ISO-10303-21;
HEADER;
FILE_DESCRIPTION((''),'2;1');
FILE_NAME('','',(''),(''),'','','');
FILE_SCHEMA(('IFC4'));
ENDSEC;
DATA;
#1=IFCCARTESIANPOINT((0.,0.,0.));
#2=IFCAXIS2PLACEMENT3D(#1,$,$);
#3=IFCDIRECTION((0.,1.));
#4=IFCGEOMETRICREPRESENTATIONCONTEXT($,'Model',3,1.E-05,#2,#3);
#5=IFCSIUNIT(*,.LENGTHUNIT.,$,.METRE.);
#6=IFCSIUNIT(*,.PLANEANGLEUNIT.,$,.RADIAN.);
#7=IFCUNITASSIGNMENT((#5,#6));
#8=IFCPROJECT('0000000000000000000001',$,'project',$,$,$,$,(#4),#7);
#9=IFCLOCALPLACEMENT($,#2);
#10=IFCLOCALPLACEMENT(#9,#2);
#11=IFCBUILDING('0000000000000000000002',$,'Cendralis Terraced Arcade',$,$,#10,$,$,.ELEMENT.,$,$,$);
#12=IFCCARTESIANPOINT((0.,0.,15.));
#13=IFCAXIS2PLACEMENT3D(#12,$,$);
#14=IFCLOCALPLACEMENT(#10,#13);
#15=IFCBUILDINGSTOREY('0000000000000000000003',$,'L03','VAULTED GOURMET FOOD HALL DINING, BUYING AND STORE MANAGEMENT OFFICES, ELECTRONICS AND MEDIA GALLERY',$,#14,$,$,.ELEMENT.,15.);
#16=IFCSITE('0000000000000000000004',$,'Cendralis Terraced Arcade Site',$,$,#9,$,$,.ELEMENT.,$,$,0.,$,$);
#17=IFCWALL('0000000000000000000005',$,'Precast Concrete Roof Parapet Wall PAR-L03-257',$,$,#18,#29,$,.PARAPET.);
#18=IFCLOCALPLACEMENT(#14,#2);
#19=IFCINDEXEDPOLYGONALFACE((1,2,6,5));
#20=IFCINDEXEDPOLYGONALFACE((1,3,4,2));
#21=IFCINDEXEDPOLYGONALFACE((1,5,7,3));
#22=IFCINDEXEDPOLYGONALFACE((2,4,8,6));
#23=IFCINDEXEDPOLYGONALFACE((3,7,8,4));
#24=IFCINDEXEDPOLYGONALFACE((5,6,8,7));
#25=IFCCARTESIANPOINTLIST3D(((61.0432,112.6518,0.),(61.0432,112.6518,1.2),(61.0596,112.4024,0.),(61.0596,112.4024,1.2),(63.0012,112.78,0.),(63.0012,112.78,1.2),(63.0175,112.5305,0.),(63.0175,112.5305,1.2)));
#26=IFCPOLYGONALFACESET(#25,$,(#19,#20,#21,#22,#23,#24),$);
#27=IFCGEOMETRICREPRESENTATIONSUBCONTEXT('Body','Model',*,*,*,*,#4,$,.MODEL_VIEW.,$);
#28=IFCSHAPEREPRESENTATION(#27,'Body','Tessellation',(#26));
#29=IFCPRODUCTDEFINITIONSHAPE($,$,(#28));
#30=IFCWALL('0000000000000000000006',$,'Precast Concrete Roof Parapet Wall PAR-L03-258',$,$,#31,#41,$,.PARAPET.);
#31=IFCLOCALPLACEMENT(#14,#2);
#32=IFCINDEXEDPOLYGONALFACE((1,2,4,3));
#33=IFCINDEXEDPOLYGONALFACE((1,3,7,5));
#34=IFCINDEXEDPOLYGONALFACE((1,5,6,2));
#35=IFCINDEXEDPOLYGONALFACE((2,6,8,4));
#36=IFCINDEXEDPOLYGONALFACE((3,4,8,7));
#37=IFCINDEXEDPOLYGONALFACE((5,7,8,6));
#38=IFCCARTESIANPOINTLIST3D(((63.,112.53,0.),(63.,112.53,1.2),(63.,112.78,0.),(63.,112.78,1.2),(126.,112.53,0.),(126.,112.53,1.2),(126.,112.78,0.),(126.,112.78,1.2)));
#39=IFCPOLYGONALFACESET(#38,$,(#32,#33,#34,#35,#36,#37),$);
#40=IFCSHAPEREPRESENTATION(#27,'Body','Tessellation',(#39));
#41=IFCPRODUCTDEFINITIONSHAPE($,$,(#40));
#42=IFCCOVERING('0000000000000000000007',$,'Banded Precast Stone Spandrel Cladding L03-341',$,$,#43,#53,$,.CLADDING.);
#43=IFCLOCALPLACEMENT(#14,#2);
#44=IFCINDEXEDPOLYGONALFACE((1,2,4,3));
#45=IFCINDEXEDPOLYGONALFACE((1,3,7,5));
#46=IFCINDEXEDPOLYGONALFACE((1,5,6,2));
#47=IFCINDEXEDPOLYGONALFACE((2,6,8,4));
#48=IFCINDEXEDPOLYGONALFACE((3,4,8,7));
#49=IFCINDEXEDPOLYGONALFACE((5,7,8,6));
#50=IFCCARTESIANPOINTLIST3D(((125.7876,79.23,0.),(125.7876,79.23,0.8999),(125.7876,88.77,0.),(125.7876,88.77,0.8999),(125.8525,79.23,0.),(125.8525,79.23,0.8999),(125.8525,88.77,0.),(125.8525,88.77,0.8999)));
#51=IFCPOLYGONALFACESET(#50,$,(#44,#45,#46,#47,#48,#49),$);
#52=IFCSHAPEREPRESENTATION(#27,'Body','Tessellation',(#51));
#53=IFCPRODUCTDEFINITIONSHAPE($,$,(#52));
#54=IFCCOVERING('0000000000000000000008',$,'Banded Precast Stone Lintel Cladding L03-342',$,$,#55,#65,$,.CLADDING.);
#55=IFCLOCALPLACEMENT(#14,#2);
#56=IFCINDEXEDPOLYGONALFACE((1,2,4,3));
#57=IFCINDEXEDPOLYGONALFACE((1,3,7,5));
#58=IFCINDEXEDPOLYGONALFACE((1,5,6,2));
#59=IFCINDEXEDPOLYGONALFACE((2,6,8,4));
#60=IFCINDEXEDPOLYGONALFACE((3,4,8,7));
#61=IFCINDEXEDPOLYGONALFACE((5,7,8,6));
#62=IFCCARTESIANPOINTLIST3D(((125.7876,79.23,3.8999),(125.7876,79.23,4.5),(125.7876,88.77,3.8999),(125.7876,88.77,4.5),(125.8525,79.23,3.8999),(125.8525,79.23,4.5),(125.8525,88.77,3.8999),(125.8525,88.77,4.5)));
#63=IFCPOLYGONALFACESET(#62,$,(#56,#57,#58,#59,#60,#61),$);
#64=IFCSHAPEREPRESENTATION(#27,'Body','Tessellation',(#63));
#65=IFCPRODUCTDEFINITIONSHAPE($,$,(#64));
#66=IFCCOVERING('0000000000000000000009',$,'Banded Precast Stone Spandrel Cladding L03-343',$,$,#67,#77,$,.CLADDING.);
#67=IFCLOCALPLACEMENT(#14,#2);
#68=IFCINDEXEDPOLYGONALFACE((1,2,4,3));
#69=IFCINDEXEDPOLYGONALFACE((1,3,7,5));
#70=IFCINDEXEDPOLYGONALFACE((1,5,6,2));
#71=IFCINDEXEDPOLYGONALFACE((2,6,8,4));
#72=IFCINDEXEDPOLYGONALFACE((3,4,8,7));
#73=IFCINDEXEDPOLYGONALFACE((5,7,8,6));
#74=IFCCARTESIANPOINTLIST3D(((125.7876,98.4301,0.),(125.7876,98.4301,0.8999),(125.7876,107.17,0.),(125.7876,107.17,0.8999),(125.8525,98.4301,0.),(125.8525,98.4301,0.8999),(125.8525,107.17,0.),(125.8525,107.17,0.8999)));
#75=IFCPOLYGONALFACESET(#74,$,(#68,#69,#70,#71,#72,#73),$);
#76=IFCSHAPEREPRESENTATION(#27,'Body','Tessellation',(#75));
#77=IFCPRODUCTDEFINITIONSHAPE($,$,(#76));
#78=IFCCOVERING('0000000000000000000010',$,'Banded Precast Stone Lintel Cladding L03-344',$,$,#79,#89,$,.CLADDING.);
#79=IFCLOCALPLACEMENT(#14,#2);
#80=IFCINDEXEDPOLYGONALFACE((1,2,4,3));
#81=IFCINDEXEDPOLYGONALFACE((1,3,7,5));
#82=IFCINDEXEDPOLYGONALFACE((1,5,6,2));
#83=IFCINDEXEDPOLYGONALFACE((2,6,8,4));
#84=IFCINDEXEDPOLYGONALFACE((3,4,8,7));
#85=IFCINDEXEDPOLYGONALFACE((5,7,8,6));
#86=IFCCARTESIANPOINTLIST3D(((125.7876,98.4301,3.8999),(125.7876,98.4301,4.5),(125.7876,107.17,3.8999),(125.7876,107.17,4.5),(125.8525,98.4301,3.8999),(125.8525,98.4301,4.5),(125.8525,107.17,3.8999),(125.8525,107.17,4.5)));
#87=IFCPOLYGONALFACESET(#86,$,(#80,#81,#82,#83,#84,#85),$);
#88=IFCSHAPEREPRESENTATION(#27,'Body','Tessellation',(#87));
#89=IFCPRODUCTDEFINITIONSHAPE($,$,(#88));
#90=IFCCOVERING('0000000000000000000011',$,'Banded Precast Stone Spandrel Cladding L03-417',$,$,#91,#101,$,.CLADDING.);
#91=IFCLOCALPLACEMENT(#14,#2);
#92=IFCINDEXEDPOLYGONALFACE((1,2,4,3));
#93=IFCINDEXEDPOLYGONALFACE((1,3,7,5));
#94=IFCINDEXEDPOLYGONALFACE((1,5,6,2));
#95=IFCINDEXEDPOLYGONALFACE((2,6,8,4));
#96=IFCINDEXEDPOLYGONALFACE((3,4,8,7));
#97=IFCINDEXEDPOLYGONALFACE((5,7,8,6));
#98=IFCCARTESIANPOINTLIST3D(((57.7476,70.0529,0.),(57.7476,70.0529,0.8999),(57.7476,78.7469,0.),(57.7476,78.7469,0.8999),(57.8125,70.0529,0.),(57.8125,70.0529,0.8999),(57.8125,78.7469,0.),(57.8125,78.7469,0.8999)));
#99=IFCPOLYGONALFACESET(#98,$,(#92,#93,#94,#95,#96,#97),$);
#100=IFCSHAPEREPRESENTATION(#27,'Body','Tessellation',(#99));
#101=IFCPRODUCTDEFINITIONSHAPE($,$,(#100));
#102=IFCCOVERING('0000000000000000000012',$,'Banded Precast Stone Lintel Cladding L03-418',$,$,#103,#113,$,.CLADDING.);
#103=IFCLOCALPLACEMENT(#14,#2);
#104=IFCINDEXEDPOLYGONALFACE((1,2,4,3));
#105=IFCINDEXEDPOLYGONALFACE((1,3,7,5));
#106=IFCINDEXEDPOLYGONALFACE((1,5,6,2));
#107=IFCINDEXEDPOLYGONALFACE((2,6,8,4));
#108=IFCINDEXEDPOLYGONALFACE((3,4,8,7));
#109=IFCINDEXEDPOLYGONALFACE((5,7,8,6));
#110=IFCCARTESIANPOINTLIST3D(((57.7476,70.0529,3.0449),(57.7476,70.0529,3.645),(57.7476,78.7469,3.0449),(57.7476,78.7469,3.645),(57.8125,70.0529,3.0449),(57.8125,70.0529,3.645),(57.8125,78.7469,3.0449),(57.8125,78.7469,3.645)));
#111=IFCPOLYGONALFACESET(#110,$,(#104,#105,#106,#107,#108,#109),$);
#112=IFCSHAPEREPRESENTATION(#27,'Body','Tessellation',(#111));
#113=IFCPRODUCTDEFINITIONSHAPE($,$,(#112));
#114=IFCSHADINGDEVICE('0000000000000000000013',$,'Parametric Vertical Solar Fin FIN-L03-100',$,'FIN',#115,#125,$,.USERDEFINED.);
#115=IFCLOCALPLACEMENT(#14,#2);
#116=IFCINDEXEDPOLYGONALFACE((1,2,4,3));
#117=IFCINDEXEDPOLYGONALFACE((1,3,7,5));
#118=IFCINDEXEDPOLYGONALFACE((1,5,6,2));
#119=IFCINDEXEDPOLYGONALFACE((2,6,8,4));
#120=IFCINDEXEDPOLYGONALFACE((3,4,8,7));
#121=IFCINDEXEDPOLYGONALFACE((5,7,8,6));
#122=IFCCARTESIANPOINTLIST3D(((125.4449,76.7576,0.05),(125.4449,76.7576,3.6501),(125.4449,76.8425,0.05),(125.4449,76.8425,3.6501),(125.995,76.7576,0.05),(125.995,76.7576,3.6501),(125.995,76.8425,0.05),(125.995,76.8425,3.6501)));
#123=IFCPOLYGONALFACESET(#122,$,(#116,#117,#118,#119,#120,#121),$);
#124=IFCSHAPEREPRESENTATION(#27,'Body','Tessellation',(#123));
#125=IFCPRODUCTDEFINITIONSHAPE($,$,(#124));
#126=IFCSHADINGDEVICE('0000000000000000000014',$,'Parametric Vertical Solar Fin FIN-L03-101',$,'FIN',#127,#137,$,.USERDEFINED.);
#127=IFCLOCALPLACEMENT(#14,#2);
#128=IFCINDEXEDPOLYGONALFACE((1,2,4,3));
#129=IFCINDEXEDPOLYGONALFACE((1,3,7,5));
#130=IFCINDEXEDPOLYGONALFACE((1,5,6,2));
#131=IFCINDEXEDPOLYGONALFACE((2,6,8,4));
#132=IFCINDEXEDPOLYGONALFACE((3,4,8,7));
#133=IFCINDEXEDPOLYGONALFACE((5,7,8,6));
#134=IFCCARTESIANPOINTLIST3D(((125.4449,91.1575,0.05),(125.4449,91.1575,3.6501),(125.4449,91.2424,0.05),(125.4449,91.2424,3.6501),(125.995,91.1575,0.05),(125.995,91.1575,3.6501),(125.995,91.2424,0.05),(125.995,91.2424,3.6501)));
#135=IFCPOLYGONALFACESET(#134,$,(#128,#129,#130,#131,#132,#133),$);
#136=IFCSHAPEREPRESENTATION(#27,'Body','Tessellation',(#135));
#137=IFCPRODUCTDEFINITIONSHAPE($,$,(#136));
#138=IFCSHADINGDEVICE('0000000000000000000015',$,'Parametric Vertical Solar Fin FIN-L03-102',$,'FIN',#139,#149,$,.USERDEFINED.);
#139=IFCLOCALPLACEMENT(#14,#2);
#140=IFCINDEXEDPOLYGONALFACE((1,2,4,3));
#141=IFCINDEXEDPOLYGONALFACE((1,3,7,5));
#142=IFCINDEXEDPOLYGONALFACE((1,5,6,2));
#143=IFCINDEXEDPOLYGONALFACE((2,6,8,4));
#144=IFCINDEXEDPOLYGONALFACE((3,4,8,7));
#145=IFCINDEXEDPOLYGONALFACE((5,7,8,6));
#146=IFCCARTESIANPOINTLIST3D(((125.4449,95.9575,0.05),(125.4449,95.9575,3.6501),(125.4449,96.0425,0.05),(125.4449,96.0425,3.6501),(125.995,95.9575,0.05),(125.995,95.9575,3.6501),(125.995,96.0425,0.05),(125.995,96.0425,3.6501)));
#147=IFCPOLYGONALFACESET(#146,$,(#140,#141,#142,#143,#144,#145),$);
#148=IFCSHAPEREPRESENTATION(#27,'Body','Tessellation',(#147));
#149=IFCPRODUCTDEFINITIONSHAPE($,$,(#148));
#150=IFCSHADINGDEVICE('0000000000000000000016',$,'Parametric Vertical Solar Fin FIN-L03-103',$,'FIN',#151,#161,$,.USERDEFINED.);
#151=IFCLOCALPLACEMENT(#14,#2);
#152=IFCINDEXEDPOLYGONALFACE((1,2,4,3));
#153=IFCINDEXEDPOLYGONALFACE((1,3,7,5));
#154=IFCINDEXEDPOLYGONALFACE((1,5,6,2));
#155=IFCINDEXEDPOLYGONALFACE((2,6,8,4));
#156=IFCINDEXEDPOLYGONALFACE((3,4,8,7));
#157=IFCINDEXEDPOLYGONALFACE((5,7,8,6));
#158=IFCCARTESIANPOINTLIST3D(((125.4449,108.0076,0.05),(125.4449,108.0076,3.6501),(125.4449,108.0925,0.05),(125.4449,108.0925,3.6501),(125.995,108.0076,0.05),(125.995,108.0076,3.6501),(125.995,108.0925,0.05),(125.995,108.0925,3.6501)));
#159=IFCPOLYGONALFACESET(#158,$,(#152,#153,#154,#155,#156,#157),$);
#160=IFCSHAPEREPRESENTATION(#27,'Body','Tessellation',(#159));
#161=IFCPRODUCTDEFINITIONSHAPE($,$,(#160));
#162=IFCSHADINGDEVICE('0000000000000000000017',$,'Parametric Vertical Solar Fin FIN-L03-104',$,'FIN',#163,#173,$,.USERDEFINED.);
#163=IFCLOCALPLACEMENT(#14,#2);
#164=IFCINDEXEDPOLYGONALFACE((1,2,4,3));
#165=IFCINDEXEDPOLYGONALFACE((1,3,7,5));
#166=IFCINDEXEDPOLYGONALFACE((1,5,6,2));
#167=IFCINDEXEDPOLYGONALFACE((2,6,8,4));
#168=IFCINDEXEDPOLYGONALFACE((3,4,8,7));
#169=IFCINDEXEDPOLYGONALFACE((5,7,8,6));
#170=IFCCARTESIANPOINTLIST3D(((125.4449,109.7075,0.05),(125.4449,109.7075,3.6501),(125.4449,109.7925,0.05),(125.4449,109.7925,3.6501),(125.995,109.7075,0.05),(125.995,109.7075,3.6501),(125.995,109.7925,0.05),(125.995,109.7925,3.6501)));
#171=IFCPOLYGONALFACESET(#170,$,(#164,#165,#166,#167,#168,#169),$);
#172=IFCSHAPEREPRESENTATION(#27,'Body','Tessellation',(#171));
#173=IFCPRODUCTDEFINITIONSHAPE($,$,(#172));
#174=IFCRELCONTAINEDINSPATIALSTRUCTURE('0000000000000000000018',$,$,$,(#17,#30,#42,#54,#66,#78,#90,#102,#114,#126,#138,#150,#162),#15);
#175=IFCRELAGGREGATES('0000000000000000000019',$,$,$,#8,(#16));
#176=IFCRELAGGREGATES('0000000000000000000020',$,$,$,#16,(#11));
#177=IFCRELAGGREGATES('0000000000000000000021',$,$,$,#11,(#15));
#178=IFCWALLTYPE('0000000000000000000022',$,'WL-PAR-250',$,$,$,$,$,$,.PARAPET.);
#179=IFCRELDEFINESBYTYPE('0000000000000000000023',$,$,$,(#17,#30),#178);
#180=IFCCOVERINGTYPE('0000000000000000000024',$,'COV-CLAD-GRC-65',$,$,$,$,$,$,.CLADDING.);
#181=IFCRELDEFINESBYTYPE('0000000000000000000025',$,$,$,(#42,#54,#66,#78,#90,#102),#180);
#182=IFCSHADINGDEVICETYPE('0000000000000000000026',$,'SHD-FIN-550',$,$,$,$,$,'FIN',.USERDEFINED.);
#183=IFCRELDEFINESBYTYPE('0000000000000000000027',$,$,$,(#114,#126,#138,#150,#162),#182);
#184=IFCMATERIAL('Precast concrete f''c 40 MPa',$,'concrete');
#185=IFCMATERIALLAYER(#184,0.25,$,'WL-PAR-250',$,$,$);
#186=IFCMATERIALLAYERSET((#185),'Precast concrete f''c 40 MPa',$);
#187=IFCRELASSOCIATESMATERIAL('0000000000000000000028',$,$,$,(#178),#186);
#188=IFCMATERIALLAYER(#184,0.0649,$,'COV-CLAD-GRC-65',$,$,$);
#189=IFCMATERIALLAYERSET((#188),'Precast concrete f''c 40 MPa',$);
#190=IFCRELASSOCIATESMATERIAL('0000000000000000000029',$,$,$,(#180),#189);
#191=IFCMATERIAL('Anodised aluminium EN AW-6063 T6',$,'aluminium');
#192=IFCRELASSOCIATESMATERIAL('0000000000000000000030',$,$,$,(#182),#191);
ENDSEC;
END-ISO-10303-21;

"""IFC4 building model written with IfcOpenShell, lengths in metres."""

from ifc_helpers import new_model, si_unit, direction, frame, frame_2d, origin, origin_2d, place, context, subcontext, project, spatial, rectangle, extrude, material, layer, layer_set, type_object, element, save


model = new_model("IFC4")

# Units and contexts
model_context = context("Model", 3, precision=1e-05, world=origin(), true_north=direction((0.0, 1.0)))
body_context = subcontext(model_context, "Body", "Model", "MODEL_VIEW")
ifc_project = project(units=[si_unit("LENGTHUNIT", "METRE"), si_unit("PLANEANGLEUNIT", "RADIAN")], contexts=[model_context])

# Site, building, storey
site_placement = place(None, origin())
site = spatial("IfcSite", under=ifc_project, at=site_placement, Name="Cendralis Terraced Arcade Site", CompositionType="ELEMENT", RefElevation=0.0)
building_placement = place(site_placement, origin())
building = spatial("IfcBuilding", under=site, at=building_placement, Name="Cendralis Terraced Arcade", CompositionType="ELEMENT")
storey_placement = place(building_placement, frame((0.0, 0.0, 15.0)))
storey = spatial("IfcBuildingStorey", under=building, at=storey_placement, Name="L03", Description="VAULTED GOURMET FOOD HALL DINING, BUYING AND STORE MANAGEMENT OFFICES, ELECTRONICS AND MEDIA GALLERY", CompositionType="ELEMENT", Elevation=15.0)

# Shared definitions
ifc_material_1 = material(Name="Anodised aluminium EN AW-6063 T6", Category="aluminium")

# Walls
ifc_material_2 = material(Name="Precast concrete f'c 40 MPa", Category="concrete")
ifc_layer_1 = layer(ifc_material_2, 0.25, Name="WL-PAR-250")
ifc_layer_set_1 = layer_set([ifc_layer_1], Name="Precast concrete f'c 40 MPa")
wall_type = type_object("IfcWallType", Name="WL-PAR-250", PredefinedType="PARAPET", material=ifc_layer_set_1)
wall_1_placement = place(storey_placement, frame((61.0515, 112.5271, 0.0), z_axis=(0.0, 0.0, 1.0), x_axis=(0.997864, 0.065322, 0.0)))
element("IfcWall", 1, at=wall_1_placement, inside=storey, type_object=wall_type, Name="Precast Concrete Roof Parapet Wall PAR-L03-257", PredefinedType="PARAPET", context=body_context, shape_type="SweptSolid", body=[
    extrude(rectangle(XDim=1.9622, YDim=0.25, at=frame_2d((0.981, 0.0))), origin(), (0.0, 0.0, 1.0), 1.2),
])
wall_2_placement = place(storey_placement, frame((63.0, 112.655, 0.0), z_axis=(0.0, 0.0, 1.0), x_axis=(1.0, 0.0, 0.0)))
element("IfcWall", 2, at=wall_2_placement, inside=storey, type_object=wall_type, Name="Precast Concrete Roof Parapet Wall PAR-L03-258", PredefinedType="PARAPET", context=body_context, shape_type="SweptSolid", body=[
    extrude(rectangle(XDim=63.0, YDim=0.25, at=frame_2d((31.5, 0.0))), origin(), (0.0, 0.0, 1.0), 1.2),
])

# Coverings
ifc_layer_2 = layer(ifc_material_2, 0.0649, Name="COV-CLAD-GRC-65")
ifc_layer_set_2 = layer_set([ifc_layer_2], Name="Precast concrete f'c 40 MPa")
covering_type = type_object("IfcCoveringType", Name="COV-CLAD-GRC-65", PredefinedType="CLADDING", material=ifc_layer_set_2)
covering_1_placement = place(storey_placement, frame((125.8201, 84.0, 0.0), z_axis=(0.0, 0.0, 1.0), x_axis=(0.0, 1.0, 0.0)))
element("IfcCovering", 3, at=covering_1_placement, inside=storey, type_object=covering_type, Name="Banded Precast Stone Spandrel Cladding L03-341", PredefinedType="CLADDING", context=body_context, shape_type="SweptSolid", body=[
    extrude(rectangle(XDim=9.54, YDim=0.0649, at=origin_2d()), origin(), (0.0, 0.0, 1.0), 0.8999),
])
covering_2_placement = place(storey_placement, frame((125.8201, 84.0, 3.8999), z_axis=(0.0, 0.0, 1.0), x_axis=(0.0, 1.0, 0.0)))
element("IfcCovering", 4, at=covering_2_placement, inside=storey, type_object=covering_type, Name="Banded Precast Stone Lintel Cladding L03-342", PredefinedType="CLADDING", context=body_context, shape_type="SweptSolid", body=[
    extrude(rectangle(XDim=9.54, YDim=0.0649, at=origin_2d()), origin(), (0.0, 0.0, 1.0), 0.6001),
])
covering_3_placement = place(storey_placement, frame((125.8201, 102.8, 0.0), z_axis=(0.0, 0.0, 1.0), x_axis=(0.0, 1.0, 0.0)))
element("IfcCovering", 5, at=covering_3_placement, inside=storey, type_object=covering_type, Name="Banded Precast Stone Spandrel Cladding L03-343", PredefinedType="CLADDING", context=body_context, shape_type="SweptSolid", body=[
    extrude(rectangle(XDim=8.74, YDim=0.0649, at=origin_2d()), origin(), (0.0, 0.0, 1.0), 0.8999),
])
covering_4_placement = place(storey_placement, frame((125.8201, 102.8, 3.8999), z_axis=(0.0, 0.0, 1.0), x_axis=(0.0, 1.0, 0.0)))
element("IfcCovering", 6, at=covering_4_placement, inside=storey, type_object=covering_type, Name="Banded Precast Stone Lintel Cladding L03-344", PredefinedType="CLADDING", context=body_context, shape_type="SweptSolid", body=[
    extrude(rectangle(XDim=8.74, YDim=0.0649, at=origin_2d()), origin(), (0.0, 0.0, 1.0), 0.6001),
])
covering_5_placement = place(storey_placement, frame((57.78, 74.3999, 0.0), z_axis=(0.0, 0.0, 1.0), x_axis=(0.0, -1.0, 0.0)))
element("IfcCovering", 7, at=covering_5_placement, inside=storey, type_object=covering_type, Name="Banded Precast Stone Spandrel Cladding L03-417", PredefinedType="CLADDING", context=body_context, shape_type="SweptSolid", body=[
    extrude(rectangle(XDim=8.6941, YDim=0.0649, at=origin_2d()), origin(), (0.0, 0.0, 1.0), 0.8999),
])
covering_6_placement = place(storey_placement, frame((57.78, 74.3999, 3.0449), z_axis=(0.0, 0.0, 1.0), x_axis=(0.0, -1.0, 0.0)))
element("IfcCovering", 8, at=covering_6_placement, inside=storey, type_object=covering_type, Name="Banded Precast Stone Lintel Cladding L03-418", PredefinedType="CLADDING", context=body_context, shape_type="SweptSolid", body=[
    extrude(rectangle(XDim=8.6941, YDim=0.0649, at=origin_2d()), origin(), (0.0, 0.0, 1.0), 0.6001),
])

# Shading devices
shading_device_type = type_object("IfcShadingDeviceType", Name="SHD-FIN-550", ElementType="FIN", PredefinedType="USERDEFINED", material=ifc_material_1)
for number, where, z_axis, x_axis, name in (
    (9, (125.72, 76.8, 0.05), (0.0, 0.0, 1.0), (0.0, 1.0, 0.0), "Parametric Vertical Solar Fin FIN-L03-100"),
    (10, (125.72, 91.2, 0.05), (0.0, 0.0, 1.0), (0.0, 1.0, 0.0), "Parametric Vertical Solar Fin FIN-L03-101"),
    (11, (125.72, 96.0, 0.05), (0.0, 0.0, 1.0), (0.0, 1.0, 0.0), "Parametric Vertical Solar Fin FIN-L03-102"),
    (12, (125.72, 108.05, 0.05), (0.0, 0.0, 1.0), (0.0, 1.0, 0.0), "Parametric Vertical Solar Fin FIN-L03-103"),
    (13, (125.72, 109.75, 0.05), (0.0, 0.0, 1.0), (0.0, 1.0, 0.0), "Parametric Vertical Solar Fin FIN-L03-104"),
):
    element("IfcShadingDevice", number, at=place(storey_placement, frame(where, z_axis=z_axis, x_axis=x_axis)), inside=storey, type_object=shading_device_type, Name=name, ObjectType="FIN", PredefinedType="USERDEFINED", context=body_context, shape_type="SweptSolid", body=[
        extrude(rectangle(XDim=0.085, YDim=0.55, at=origin_2d()), origin(), (0.0, 0.0, 1.0), 3.6001),
    ])

save(model, "model.ifc")
